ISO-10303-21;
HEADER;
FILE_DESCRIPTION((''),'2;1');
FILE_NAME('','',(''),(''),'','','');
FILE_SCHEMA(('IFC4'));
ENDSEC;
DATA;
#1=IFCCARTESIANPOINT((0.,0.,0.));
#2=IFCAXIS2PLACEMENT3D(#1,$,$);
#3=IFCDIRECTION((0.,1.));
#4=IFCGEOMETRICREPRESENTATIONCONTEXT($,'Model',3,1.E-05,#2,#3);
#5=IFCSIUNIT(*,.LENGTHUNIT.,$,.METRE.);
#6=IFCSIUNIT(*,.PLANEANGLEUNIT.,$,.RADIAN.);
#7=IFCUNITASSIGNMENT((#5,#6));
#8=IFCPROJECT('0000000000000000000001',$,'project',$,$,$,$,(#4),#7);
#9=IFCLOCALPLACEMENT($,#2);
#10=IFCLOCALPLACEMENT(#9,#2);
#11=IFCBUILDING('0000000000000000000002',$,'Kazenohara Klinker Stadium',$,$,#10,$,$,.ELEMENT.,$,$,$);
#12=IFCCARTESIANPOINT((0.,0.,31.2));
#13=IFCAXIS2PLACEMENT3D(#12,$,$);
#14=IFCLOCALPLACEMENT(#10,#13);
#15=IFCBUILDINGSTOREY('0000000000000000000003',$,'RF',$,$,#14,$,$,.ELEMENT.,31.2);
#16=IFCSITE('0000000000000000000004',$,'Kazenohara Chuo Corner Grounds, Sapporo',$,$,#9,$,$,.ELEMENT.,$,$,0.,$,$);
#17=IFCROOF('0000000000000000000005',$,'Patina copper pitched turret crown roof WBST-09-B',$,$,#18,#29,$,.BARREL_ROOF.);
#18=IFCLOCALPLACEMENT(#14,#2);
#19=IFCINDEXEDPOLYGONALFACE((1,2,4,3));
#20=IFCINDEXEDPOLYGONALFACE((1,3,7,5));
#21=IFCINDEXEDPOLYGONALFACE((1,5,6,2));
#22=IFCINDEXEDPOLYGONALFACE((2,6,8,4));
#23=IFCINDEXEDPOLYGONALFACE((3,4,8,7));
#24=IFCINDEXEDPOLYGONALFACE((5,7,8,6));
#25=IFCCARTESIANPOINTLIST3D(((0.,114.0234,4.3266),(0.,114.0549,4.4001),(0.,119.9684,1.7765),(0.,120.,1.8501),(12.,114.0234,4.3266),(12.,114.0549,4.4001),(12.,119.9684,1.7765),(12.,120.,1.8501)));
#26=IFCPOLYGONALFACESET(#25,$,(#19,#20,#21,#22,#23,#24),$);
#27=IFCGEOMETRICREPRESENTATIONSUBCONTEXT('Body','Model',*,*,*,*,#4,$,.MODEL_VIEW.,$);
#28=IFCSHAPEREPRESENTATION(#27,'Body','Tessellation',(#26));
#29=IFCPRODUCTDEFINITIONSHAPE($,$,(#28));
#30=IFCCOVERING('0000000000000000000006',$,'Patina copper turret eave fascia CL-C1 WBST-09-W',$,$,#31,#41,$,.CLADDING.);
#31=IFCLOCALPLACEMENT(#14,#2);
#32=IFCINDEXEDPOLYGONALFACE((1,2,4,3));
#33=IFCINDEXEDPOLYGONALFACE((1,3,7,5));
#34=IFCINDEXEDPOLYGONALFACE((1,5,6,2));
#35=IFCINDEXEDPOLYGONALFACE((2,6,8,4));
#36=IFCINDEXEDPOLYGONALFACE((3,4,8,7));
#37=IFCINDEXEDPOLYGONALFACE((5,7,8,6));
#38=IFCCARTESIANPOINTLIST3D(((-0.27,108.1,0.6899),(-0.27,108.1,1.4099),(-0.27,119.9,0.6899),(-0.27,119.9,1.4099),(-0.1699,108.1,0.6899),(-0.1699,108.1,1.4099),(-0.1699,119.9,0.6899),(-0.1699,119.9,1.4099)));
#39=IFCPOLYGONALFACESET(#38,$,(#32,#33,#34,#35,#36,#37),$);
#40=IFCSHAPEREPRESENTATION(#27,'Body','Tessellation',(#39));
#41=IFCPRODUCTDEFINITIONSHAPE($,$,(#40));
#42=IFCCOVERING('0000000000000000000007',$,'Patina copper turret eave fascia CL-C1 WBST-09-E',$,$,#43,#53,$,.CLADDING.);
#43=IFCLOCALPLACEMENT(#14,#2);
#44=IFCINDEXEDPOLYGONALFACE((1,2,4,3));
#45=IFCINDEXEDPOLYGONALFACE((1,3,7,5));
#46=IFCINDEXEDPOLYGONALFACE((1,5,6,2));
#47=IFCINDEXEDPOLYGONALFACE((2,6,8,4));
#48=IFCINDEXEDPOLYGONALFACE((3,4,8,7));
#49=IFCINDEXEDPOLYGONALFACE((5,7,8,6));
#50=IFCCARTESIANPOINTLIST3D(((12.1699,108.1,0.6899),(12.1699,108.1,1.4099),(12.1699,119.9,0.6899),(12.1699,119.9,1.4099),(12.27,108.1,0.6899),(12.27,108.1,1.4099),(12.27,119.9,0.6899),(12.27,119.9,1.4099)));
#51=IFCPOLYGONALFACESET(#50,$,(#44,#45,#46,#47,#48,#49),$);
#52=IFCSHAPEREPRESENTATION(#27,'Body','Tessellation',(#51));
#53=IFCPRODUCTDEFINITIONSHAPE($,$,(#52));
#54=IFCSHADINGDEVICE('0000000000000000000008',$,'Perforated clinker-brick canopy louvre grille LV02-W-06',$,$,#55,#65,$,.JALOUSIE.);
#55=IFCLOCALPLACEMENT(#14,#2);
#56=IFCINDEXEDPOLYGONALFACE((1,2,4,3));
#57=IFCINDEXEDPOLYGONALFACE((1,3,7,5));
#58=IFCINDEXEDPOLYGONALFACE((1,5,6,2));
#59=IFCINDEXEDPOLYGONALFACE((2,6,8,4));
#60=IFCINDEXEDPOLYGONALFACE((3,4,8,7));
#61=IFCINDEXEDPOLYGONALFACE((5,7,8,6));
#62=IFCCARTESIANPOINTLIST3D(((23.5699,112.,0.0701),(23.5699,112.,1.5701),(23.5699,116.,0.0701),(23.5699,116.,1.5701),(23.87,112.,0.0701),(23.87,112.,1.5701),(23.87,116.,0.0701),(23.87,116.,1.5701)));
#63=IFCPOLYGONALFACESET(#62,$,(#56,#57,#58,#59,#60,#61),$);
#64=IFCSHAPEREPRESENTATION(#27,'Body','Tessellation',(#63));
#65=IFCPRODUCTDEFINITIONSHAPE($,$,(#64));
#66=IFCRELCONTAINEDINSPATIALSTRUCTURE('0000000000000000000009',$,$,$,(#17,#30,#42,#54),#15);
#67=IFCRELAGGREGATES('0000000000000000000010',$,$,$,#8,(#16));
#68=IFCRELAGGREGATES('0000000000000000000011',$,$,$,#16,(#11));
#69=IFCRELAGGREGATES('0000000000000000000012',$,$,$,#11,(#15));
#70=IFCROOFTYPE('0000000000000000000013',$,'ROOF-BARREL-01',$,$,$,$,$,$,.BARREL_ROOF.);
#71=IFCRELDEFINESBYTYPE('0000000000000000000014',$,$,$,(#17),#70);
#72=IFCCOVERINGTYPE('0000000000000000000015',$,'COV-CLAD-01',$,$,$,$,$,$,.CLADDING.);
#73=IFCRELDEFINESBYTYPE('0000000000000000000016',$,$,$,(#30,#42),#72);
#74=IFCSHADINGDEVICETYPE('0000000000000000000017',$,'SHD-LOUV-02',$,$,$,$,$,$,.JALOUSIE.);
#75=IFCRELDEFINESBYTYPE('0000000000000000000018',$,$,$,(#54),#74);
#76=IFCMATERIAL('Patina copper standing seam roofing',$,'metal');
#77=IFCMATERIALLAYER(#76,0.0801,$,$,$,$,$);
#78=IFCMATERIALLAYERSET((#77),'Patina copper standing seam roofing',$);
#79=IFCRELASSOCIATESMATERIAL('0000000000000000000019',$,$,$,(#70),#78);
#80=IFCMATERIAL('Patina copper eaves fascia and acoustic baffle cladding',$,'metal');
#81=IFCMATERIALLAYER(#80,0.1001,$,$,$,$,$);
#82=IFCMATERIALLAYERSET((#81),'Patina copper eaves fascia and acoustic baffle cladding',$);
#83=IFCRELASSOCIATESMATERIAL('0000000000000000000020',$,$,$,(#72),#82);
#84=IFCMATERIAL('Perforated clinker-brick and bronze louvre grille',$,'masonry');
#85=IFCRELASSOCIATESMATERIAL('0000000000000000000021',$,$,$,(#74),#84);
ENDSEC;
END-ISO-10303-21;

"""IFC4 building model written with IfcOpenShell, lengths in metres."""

from ifc_helpers import new_model, si_unit, direction, frame, origin, origin_2d, place, context, subcontext, project, spatial, polyline, rectangle, outline, extrude, material, layer, layer_set, type_object, element, save


model = new_model("IFC4")

# Units and contexts
model_context = context("Model", 3, precision=1e-05, world=origin(), true_north=direction((0.0, 1.0)))
body_context = subcontext(model_context, "Body", "Model", "MODEL_VIEW")
ifc_project = project(units=[si_unit("LENGTHUNIT", "METRE"), si_unit("PLANEANGLEUNIT", "RADIAN")], contexts=[model_context])

# Site, building, storey
site_placement = place(None, origin())
site = spatial("IfcSite", under=ifc_project, at=site_placement, Name="Kazenohara Chuo Corner Grounds, Sapporo", CompositionType="ELEMENT", RefElevation=0.0)
building_placement = place(site_placement, origin())
building = spatial("IfcBuilding", under=site, at=building_placement, Name="Kazenohara Klinker Stadium", CompositionType="ELEMENT")
storey_placement = place(building_placement, frame((0.0, 0.0, 31.2)))
storey = spatial("IfcBuildingStorey", under=building, at=storey_placement, Name="RF", CompositionType="ELEMENT", Elevation=31.2)

# Roof
ifc_material_1 = material(Name="Patina copper standing seam roofing", Category="metal")
ifc_layer_1 = layer(ifc_material_1, 0.0801)
ifc_layer_set_1 = layer_set([ifc_layer_1], Name="Patina copper standing seam roofing")
roof_type = type_object("IfcRoofType", Name="ROOF-BARREL-01", PredefinedType="BARREL_ROOF", material=ifc_layer_set_1)
roof_placement = place(storey_placement, frame((0.0, 114.0549, 4.4001), z_axis=(0.0, 0.394202, 0.919024), x_axis=(1.0, 0.0, 0.0)))
element("IfcRoof", 1, at=roof_placement, inside=storey, type_object=roof_type, Name="Patina copper pitched turret crown roof WBST-09-B", PredefinedType="BARREL_ROOF", context=body_context, shape_type="SweptSolid", body=[
    extrude(outline(polyline([(0.0, 0.0), (12.0, 0.0), (12.0, 6.4689), (0.0, 6.4689), (0.0, 0.0)])), origin(), (0.0, 0.0, -1.0), 0.0801),
])

# Coverings
ifc_material_2 = material(Name="Patina copper eaves fascia and acoustic baffle cladding", Category="metal")
ifc_layer_2 = layer(ifc_material_2, 0.1001)
ifc_layer_set_2 = layer_set([ifc_layer_2], Name="Patina copper eaves fascia and acoustic baffle cladding")
covering_type = type_object("IfcCoveringType", Name="COV-CLAD-01", PredefinedType="CLADDING", material=ifc_layer_set_2)
for number, where, z_axis, x_axis, name in (
    (2, (-0.22, 114.0, 0.6899), (0.0, 0.0, 1.0), (1.0, 0.0, 0.0), "Patina copper turret eave fascia CL-C1 WBST-09-W"),
    (3, (12.22, 114.0, 0.6899), (0.0, 0.0, 1.0), (1.0, 0.0, 0.0), "Patina copper turret eave fascia CL-C1 WBST-09-E"),
):
    element("IfcCovering", number, at=place(storey_placement, frame(where, z_axis=z_axis, x_axis=x_axis)), inside=storey, type_object=covering_type, Name=name, PredefinedType="CLADDING", context=body_context, shape_type="SweptSolid", body=[
        extrude(rectangle(XDim=0.1001, YDim=11.8, at=origin_2d()), origin(), (0.0, 0.0, 1.0), 0.72),
    ])

# Shading device
ifc_material_3 = material(Name="Perforated clinker-brick and bronze louvre grille", Category="masonry")
shading_device_type = type_object("IfcShadingDeviceType", Name="SHD-LOUV-02", PredefinedType="JALOUSIE", material=ifc_material_3)
shading_device_placement = place(storey_placement, frame((23.72, 114.0, 0.0701), z_axis=(0.0, 0.0, 1.0), x_axis=(0.0, 1.0, 0.0)))
element("IfcShadingDevice", 4, at=shading_device_placement, inside=storey, type_object=shading_device_type, Name="Perforated clinker-brick canopy louvre grille LV02-W-06", PredefinedType="JALOUSIE", context=body_context, shape_type="SweptSolid", body=[
    extrude(rectangle(XDim=4.0, YDim=0.3, at=origin_2d()), origin(), (0.0, 0.0, 1.0), 1.5),
])

save(model, "model.ifc")
